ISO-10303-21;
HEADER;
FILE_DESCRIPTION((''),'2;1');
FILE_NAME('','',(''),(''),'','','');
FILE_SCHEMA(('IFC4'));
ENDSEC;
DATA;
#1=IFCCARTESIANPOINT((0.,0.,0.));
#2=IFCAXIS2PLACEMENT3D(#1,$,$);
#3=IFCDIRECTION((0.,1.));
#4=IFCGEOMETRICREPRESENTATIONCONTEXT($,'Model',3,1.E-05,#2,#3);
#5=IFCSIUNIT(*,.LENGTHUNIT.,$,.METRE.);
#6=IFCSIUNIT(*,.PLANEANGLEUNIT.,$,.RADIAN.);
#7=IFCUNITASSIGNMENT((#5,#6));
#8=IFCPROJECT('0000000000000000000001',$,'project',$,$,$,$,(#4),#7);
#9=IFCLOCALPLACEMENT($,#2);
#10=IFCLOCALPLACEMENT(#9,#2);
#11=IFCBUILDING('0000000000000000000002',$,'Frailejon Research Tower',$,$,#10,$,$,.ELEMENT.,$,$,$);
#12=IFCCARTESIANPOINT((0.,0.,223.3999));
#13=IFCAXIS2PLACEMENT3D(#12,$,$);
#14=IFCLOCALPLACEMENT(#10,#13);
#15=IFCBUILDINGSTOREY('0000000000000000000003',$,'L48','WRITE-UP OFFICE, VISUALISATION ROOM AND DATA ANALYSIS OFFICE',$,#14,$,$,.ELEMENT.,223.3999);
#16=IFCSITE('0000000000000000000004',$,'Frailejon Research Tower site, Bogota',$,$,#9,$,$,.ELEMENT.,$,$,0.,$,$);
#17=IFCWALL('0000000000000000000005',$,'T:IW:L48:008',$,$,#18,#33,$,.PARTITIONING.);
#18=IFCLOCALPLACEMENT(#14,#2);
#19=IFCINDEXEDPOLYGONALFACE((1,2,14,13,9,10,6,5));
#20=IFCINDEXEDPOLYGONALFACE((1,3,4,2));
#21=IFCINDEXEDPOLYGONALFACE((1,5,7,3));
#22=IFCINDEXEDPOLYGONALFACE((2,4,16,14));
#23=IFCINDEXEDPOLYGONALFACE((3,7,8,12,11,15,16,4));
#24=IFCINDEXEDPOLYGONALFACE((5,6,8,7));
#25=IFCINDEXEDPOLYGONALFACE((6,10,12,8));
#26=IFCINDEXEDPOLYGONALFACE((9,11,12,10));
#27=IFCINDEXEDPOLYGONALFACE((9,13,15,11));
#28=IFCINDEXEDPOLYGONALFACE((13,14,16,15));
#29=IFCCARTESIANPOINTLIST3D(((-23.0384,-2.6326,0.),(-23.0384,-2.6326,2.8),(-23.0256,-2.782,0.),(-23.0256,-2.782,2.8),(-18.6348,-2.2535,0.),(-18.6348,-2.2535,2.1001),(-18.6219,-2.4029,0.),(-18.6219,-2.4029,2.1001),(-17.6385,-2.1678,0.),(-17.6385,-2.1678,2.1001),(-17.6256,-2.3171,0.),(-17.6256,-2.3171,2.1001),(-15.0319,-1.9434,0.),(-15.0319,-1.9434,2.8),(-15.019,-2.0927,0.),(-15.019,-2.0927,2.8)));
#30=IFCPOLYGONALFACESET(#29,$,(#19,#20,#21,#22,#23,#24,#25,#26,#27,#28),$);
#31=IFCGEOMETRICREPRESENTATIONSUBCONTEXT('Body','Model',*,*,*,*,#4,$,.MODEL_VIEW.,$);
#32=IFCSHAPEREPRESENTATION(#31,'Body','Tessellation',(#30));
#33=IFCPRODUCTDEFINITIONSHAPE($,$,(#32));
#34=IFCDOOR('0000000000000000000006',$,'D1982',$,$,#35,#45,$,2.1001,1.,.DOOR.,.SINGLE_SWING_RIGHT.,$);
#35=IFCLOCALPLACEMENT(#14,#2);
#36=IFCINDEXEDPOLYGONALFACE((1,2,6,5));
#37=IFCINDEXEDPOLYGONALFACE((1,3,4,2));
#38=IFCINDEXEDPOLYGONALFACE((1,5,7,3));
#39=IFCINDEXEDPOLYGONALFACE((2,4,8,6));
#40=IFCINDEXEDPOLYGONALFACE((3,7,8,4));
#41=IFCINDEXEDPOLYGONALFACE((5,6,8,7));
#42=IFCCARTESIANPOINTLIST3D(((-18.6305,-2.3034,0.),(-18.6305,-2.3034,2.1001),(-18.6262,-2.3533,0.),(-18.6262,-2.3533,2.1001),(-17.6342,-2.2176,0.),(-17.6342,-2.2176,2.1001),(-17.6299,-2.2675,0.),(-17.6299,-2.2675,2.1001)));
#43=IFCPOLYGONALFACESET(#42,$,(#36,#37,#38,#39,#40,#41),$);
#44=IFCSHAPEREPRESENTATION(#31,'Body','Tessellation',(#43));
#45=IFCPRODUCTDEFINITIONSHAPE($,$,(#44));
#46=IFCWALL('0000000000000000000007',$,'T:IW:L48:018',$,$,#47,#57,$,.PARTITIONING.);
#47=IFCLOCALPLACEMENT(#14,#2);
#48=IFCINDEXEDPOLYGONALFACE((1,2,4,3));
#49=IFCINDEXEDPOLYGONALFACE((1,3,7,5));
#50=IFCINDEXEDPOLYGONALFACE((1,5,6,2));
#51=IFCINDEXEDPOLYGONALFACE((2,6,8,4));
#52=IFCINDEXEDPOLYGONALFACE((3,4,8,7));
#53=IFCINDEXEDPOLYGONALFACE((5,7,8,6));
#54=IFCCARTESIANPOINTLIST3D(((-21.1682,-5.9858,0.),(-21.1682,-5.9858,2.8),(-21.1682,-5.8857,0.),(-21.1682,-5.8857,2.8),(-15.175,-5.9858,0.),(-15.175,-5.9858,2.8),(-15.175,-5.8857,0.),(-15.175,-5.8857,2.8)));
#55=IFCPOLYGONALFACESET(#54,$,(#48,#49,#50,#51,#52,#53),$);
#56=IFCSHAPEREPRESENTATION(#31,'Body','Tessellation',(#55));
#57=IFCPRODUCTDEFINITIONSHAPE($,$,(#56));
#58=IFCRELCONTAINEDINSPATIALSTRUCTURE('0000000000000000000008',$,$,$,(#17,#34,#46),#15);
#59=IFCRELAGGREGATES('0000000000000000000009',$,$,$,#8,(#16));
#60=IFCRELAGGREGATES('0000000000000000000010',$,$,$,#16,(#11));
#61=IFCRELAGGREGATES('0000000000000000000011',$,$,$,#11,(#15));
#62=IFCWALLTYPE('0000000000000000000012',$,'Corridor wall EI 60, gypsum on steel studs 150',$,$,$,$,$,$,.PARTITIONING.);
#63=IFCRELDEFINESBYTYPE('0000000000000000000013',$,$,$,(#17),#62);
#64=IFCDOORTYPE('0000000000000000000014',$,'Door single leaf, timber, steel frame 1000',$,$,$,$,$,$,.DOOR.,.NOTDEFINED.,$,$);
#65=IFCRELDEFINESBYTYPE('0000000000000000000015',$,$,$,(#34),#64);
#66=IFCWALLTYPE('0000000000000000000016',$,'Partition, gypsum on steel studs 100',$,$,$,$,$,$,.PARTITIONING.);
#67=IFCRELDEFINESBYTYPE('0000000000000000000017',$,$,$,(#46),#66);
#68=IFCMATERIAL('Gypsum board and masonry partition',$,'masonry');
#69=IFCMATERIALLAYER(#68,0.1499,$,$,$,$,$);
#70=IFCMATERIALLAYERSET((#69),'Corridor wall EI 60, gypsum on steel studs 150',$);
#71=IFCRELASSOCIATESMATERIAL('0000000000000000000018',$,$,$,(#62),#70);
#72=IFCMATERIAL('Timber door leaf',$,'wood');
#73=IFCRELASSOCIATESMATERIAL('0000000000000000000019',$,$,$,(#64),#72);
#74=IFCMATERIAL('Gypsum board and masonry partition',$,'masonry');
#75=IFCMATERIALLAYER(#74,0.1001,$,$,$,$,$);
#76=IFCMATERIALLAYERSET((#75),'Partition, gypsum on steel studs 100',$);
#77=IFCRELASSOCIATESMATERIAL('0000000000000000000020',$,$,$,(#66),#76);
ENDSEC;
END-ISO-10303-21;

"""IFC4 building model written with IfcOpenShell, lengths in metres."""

from ifc_helpers import new_model, si_unit, direction, frame, frame_2d, origin, place, context, subcontext, project, spatial, rectangle, extrude, material, layer, layer_set, type_object, element, fill, save


model = new_model("IFC4")

# Units and contexts
model_context = context("Model", 3, precision=1e-05, world=origin(), true_north=direction((0.0, 1.0)))
body_context = subcontext(model_context, "Body", "Model", "MODEL_VIEW")
ifc_project = project(units=[si_unit("LENGTHUNIT", "METRE"), si_unit("PLANEANGLEUNIT", "RADIAN")], contexts=[model_context])

# Site, building, storey
site_placement = place(None, origin())
site = spatial("IfcSite", under=ifc_project, at=site_placement, Name="Frailejon Research Tower site, Bogota", CompositionType="ELEMENT", RefElevation=0.0)
building_placement = place(site_placement, origin())
building = spatial("IfcBuilding", under=site, at=building_placement, Name="Frailejon Research Tower", CompositionType="ELEMENT")
storey_placement = place(building_placement, frame((0.0, 0.0, 223.3999)))
storey = spatial("IfcBuildingStorey", under=building, at=storey_placement, Name="L48", Description="WRITE-UP OFFICE, VISUALISATION ROOM AND DATA ANALYSIS OFFICE", CompositionType="ELEMENT", Elevation=223.3999)

# Shared definitions
ifc_material_1 = material(Name="Gypsum board and masonry partition", Category="masonry")
ifc_layer_1 = layer(ifc_material_1, 0.1499)
ifc_layer_set_1 = layer_set([ifc_layer_1], Name="Corridor wall EI 60, gypsum on steel studs 150")
wall_type_1 = type_object("IfcWallType", Name="Corridor wall EI 60, gypsum on steel studs 150", PredefinedType="PARTITIONING", material=ifc_layer_set_1)
ifc_material_2 = material(Name="Timber door leaf", Category="wood")
door_type_1 = type_object("IfcDoorType", Name="Door single leaf, timber, steel frame 1000", OperationType="NOTDEFINED", PredefinedType="DOOR", material=ifc_material_2)

# Wall, opening, door
wall_1_placement = place(storey_placement, frame((-23.032, -2.7073, 0.0), z_axis=(0.0, 0.0, 1.0), x_axis=(0.996316, 0.085763, 0.0)))
wall_1 = element("IfcWall", 1, at=wall_1_placement, inside=storey, type_object=wall_type_1, Name="T:IW:L48:008", PredefinedType="PARTITIONING", context=body_context, shape_type="SweptSolid", body=[
    extrude(rectangle(XDim=8.0361, YDim=0.1499, at=frame_2d((4.0181, 0.0))), origin(), (0.0, 0.0, 1.0), 2.8),
])
opening_1_placement = place(wall_1_placement, frame((4.4199, 0.0, 0.0)))
opening_1 = element("IfcOpeningElement", 2, at=opening_1_placement, cuts=wall_1, PredefinedType="OPENING", context=body_context, shape_type="SweptSolid", body=[
    extrude(rectangle(XDim=1.0, YDim=2.1001, at=frame_2d((0.5, 1.05))), frame((0.0, 0.085, 0.0), z_axis=(0.0, -1.0, 0.0), x_axis=(1.0, 0.0, 0.0)), (0.0, 0.0, 1.0), 0.1699),
])
door_1_placement = place(opening_1_placement, origin())
door_1 = element("IfcDoor", 3, at=door_1_placement, inside=storey, type_object=door_type_1, Name="D1982", OperationType="SINGLE_SWING_RIGHT", OverallHeight=2.1001, OverallWidth=1.0, PredefinedType="DOOR", context=body_context, shape_type="SweptSolid", body=[
    extrude(rectangle(XDim=1.0, YDim=2.1001, at=frame_2d((0.5, 1.05))), frame((0.0, 0.0249, 0.0), z_axis=(0.0, -1.0, 0.0), x_axis=(1.0, 0.0, 0.0)), (0.0, 0.0, 1.0), 0.05),
])
fill(opening_1, door_1)

# Wall
ifc_material_3 = material(Name="Gypsum board and masonry partition", Category="masonry")
ifc_layer_2 = layer(ifc_material_3, 0.1001)
ifc_layer_set_2 = layer_set([ifc_layer_2], Name="Partition, gypsum on steel studs 100")
wall_type_2 = type_object("IfcWallType", Name="Partition, gypsum on steel studs 100", PredefinedType="PARTITIONING", material=ifc_layer_set_2)
wall_2_placement = place(storey_placement, frame((-21.1682, -5.9358, 0.0), z_axis=(0.0, 0.0, 1.0), x_axis=(1.0, 0.0, 0.0)))
element("IfcWall", 4, at=wall_2_placement, inside=storey, type_object=wall_type_2, Name="T:IW:L48:018", PredefinedType="PARTITIONING", context=body_context, shape_type="SweptSolid", body=[
    extrude(rectangle(XDim=5.9932, YDim=0.1001, at=frame_2d((2.9966, 0.0))), origin(), (0.0, 0.0, 1.0), 2.8),
])

save(model, "model.ifc")
